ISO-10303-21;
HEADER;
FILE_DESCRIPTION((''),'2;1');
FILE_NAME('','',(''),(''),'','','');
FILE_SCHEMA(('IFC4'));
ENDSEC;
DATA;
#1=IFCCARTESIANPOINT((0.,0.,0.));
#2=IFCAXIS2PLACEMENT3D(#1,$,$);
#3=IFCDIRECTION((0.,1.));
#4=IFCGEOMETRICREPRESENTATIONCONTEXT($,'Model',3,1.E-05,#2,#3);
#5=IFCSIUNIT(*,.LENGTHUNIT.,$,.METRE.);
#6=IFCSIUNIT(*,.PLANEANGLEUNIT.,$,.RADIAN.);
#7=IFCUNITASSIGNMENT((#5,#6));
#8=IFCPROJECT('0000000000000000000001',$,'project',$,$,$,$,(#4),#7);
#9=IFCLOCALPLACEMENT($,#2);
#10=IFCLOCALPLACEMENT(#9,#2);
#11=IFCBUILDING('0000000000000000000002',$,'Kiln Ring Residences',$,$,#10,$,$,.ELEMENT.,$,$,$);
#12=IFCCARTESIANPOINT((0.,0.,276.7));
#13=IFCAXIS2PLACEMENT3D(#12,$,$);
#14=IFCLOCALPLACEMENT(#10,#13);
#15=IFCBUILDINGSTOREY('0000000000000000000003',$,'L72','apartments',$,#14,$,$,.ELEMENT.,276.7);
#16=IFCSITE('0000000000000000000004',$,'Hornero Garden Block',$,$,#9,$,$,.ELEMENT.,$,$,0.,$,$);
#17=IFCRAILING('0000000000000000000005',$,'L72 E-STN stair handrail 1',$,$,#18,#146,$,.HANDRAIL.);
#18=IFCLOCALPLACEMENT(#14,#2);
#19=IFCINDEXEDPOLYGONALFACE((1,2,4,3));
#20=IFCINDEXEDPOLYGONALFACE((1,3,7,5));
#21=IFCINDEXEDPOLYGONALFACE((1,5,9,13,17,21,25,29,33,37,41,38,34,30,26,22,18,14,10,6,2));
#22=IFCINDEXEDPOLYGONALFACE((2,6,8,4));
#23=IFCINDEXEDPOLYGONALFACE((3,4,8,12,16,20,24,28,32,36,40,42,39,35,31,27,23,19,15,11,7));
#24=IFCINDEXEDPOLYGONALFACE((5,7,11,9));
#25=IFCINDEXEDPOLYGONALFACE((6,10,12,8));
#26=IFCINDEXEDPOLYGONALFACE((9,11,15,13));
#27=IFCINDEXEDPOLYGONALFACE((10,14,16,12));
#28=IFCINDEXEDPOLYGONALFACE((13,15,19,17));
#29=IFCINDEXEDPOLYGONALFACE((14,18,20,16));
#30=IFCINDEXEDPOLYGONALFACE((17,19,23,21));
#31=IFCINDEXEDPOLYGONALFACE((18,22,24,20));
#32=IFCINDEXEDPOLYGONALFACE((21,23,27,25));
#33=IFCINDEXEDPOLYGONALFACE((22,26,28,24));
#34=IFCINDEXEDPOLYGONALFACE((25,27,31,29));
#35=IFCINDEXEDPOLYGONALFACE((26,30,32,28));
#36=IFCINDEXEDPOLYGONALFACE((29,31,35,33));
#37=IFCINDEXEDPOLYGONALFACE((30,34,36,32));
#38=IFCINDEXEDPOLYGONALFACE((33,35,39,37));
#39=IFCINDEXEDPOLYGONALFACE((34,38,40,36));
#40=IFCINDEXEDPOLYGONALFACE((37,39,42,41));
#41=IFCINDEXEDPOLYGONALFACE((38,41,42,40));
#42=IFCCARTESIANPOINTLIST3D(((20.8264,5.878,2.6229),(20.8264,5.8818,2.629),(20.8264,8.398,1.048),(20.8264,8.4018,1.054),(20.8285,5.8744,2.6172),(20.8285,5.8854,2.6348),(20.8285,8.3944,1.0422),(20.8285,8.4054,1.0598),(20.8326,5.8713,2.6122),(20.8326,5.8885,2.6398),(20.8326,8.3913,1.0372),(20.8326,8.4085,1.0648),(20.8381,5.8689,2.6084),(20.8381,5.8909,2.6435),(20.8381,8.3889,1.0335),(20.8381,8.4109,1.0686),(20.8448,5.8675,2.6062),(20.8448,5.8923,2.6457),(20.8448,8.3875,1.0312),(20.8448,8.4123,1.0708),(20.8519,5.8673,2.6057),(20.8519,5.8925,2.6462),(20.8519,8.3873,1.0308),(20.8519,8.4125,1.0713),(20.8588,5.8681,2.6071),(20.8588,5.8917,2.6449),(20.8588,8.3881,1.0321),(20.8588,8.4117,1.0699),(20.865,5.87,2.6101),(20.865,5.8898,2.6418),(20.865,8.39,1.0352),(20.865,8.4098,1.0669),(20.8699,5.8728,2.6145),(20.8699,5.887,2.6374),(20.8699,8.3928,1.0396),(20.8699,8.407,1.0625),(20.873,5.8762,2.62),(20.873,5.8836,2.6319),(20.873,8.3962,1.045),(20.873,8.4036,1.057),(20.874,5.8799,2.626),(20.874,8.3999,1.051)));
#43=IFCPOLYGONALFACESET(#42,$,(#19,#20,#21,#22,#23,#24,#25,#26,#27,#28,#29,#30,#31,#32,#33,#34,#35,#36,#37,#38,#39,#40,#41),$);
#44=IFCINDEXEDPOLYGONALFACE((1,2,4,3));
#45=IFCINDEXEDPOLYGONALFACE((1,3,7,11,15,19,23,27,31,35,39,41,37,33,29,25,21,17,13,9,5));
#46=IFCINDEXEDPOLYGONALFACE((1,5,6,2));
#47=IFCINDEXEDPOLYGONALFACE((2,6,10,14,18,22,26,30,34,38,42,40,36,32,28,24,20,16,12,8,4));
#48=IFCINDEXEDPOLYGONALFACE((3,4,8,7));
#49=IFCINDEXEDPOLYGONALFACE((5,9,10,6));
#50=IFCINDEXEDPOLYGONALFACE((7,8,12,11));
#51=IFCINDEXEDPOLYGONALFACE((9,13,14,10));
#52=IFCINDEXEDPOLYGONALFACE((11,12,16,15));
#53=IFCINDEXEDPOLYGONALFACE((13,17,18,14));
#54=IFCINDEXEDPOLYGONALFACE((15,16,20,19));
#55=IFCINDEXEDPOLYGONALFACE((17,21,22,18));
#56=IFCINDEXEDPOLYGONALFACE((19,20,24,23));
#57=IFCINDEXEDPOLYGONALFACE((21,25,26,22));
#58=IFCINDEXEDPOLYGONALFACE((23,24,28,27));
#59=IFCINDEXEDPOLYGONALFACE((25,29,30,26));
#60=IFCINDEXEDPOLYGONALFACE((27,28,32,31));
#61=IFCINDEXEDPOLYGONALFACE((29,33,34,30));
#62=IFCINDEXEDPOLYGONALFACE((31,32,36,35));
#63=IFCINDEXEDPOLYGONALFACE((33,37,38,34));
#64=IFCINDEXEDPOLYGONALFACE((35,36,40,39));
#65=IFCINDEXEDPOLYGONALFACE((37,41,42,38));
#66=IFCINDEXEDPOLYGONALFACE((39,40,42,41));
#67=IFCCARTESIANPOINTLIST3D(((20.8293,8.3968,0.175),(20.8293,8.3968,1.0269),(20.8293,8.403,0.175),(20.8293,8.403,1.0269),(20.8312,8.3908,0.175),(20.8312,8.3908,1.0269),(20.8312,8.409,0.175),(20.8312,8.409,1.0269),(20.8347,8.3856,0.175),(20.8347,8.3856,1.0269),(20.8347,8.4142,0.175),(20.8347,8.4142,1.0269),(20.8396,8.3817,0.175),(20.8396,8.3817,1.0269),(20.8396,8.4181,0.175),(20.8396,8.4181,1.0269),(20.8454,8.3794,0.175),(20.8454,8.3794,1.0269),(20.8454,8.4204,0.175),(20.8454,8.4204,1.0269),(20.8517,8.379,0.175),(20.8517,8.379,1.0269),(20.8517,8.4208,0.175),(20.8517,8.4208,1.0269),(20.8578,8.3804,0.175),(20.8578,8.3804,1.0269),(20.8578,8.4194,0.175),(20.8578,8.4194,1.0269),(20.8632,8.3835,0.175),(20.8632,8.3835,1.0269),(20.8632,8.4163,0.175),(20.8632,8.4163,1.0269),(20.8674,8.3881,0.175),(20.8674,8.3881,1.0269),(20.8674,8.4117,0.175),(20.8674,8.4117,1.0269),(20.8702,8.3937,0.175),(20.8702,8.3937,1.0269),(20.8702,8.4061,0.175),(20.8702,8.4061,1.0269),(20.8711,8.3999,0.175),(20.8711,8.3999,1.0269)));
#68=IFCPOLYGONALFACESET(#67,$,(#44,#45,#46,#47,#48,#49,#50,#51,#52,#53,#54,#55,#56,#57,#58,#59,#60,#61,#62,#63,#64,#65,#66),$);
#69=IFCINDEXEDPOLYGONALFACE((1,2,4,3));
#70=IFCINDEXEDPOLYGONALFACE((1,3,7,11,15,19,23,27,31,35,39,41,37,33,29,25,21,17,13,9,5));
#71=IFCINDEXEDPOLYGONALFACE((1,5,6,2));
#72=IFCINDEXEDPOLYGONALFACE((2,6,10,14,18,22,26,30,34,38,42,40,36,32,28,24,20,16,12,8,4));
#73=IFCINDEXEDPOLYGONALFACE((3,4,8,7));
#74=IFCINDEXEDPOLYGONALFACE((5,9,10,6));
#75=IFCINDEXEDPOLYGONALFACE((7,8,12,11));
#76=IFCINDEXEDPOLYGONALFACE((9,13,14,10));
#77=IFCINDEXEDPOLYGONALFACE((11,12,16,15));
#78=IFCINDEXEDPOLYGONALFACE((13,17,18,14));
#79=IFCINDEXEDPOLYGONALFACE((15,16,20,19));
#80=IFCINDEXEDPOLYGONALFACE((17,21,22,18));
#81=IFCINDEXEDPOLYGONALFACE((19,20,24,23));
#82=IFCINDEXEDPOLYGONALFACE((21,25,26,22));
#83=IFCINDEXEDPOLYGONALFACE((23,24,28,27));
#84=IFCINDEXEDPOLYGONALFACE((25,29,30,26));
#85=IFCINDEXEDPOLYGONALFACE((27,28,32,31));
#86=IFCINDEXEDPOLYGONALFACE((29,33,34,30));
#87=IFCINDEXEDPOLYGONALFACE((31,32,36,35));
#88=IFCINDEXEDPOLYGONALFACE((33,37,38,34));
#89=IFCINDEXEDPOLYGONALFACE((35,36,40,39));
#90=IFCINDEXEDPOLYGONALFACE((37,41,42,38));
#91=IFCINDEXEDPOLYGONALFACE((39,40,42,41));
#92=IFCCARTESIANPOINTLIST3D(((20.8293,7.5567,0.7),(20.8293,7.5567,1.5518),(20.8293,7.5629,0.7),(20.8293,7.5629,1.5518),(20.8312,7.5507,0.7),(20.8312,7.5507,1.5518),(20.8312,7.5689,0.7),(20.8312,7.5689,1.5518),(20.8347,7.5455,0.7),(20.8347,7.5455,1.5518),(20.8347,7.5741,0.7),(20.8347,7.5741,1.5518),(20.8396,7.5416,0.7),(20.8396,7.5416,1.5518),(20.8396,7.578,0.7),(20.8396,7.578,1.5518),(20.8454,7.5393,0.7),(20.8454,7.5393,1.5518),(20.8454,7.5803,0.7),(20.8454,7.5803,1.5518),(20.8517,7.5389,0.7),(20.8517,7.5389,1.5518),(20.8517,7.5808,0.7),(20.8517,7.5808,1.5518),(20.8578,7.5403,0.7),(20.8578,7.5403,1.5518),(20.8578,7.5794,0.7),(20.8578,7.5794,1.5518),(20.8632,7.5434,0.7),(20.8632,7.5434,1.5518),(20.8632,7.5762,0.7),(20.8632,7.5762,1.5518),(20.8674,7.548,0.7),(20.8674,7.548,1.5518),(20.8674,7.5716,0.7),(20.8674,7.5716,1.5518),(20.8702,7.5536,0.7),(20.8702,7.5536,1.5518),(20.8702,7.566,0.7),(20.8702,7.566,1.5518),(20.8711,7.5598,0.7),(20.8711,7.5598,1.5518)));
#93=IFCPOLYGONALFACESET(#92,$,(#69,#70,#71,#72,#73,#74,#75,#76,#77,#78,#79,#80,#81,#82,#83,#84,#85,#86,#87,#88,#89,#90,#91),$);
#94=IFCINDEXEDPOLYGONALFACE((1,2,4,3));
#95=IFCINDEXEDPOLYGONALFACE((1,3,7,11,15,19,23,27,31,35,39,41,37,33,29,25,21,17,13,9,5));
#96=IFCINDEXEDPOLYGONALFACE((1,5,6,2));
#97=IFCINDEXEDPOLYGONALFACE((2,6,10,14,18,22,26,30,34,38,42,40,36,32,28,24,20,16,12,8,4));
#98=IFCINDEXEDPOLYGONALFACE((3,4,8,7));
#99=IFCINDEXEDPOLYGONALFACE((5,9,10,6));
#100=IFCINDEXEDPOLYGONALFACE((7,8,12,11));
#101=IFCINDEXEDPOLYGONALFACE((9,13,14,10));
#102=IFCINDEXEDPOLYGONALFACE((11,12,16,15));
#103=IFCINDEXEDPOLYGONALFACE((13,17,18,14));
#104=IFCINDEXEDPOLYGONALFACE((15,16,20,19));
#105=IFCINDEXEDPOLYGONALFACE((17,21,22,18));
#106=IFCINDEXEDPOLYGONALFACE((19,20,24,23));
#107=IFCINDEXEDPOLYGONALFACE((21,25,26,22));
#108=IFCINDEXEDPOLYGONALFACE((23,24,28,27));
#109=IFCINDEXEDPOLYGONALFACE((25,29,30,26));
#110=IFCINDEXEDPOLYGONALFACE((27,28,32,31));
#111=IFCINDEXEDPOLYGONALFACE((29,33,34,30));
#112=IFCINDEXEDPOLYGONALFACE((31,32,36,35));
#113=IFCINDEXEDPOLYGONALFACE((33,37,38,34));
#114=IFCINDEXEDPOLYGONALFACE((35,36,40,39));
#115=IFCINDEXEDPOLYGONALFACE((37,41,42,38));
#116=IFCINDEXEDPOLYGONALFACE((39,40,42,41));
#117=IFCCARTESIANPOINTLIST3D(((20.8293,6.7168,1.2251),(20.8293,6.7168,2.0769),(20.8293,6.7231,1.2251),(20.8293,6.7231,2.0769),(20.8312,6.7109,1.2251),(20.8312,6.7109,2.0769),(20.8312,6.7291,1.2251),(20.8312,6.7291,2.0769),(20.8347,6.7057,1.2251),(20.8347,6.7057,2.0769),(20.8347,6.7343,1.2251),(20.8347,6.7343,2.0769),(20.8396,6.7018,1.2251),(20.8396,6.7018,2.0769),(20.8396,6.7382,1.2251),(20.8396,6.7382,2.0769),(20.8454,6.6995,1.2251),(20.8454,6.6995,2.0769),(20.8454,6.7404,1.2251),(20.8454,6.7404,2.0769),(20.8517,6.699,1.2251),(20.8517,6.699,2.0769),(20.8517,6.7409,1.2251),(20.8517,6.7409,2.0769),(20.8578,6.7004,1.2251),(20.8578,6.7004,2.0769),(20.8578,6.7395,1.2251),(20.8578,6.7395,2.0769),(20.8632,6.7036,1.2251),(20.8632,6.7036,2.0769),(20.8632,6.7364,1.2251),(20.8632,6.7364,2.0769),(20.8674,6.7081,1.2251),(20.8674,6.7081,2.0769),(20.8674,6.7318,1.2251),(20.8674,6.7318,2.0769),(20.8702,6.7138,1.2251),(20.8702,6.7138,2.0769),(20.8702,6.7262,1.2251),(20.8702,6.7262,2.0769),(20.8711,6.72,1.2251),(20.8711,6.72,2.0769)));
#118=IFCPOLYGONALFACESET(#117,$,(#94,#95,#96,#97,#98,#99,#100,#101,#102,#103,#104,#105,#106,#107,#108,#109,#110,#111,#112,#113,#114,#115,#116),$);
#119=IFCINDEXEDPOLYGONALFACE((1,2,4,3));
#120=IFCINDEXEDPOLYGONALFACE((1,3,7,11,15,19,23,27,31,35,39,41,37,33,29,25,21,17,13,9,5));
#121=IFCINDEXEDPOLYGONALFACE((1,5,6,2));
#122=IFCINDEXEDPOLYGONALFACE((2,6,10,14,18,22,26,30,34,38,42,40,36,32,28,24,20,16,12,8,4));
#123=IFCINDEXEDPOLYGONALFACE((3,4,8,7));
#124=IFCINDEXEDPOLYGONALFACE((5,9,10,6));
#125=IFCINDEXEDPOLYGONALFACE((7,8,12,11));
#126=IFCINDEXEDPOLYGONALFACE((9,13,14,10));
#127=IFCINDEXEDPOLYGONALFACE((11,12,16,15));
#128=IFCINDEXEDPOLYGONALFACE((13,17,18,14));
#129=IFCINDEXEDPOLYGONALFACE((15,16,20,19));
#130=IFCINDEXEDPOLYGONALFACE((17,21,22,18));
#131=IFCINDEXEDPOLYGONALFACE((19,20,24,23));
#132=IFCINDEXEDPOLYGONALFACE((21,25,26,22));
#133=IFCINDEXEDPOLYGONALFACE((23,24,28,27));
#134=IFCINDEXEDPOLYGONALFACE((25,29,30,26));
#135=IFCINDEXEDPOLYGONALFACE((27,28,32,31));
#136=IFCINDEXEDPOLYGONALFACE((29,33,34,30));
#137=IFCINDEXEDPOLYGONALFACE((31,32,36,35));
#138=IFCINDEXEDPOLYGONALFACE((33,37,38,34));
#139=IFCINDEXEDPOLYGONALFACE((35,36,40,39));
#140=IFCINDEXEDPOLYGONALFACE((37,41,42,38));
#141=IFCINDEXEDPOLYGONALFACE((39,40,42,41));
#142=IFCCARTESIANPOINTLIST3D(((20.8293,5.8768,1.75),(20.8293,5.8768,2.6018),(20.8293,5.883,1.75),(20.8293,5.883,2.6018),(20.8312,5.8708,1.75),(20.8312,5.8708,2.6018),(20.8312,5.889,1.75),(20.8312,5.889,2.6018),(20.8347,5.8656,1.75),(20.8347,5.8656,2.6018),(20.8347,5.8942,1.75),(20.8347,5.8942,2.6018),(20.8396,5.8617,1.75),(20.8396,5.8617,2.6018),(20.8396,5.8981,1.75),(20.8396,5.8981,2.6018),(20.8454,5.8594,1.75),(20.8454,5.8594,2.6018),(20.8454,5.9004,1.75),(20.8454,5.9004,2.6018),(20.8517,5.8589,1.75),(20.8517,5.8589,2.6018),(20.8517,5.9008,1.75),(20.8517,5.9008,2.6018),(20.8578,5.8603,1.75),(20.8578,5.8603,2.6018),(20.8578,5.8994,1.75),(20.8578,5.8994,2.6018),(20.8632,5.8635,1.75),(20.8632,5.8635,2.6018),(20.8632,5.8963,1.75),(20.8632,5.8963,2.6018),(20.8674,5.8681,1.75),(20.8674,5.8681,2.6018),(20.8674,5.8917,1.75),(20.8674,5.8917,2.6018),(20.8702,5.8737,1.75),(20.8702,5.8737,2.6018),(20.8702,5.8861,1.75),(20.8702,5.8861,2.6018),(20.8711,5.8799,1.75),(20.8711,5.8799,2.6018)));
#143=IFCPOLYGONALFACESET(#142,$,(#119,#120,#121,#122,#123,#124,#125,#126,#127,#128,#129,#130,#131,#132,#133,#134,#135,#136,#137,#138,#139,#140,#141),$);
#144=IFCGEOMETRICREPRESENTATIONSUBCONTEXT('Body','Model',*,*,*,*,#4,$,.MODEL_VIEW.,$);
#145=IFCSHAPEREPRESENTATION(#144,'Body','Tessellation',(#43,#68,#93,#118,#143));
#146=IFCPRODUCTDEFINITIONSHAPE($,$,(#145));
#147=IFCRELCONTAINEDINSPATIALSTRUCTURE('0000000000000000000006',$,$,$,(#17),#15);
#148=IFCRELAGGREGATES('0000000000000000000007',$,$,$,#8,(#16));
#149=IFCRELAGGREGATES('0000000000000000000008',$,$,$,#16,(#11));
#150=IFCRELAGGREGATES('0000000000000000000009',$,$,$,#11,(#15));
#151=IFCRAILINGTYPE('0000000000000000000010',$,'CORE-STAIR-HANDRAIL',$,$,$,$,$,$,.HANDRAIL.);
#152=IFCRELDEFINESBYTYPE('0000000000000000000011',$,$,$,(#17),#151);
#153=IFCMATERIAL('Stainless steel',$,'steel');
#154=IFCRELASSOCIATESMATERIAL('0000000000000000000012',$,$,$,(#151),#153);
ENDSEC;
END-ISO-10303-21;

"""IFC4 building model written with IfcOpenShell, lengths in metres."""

from ifc_helpers import new_model, si_unit, direction, frame, origin, origin_2d, place, context, subcontext, project, spatial, circle, extrude, material, type_object, element, save


model = new_model("IFC4")

# Units and contexts
model_context = context("Model", 3, precision=1e-05, world=origin(), true_north=direction((0.0, 1.0)))
body_context = subcontext(model_context, "Body", "Model", "MODEL_VIEW")
ifc_project = project(units=[si_unit("LENGTHUNIT", "METRE"), si_unit("PLANEANGLEUNIT", "RADIAN")], contexts=[model_context])

# Site, building, storey
site_placement = place(None, origin())
site = spatial("IfcSite", under=ifc_project, at=site_placement, Name="Hornero Garden Block", CompositionType="ELEMENT", RefElevation=0.0)
building_placement = place(site_placement, origin())
building = spatial("IfcBuilding", under=site, at=building_placement, Name="Kiln Ring Residences", CompositionType="ELEMENT")
storey_placement = place(building_placement, frame((0.0, 0.0, 276.7)))
storey = spatial("IfcBuildingStorey", under=building, at=storey_placement, Name="L72", Description="apartments", CompositionType="ELEMENT", Elevation=276.7)

# Railing
ifc_material_1 = material(Name="Stainless steel", Category="steel")
railing_type_1 = type_object("IfcRailingType", Name="CORE-STAIR-HANDRAIL", PredefinedType="HANDRAIL", material=ifc_material_1)
railing_1_placement = place(storey_placement, frame((20.8501, 8.3999, 0.175)))
element("IfcRailing", 1, at=railing_1_placement, inside=storey, type_object=railing_type_1, Name="L72 E-STN stair handrail 1", PredefinedType="HANDRAIL", context=body_context, shape_type="SweptSolid", body=[
    extrude(circle(Radius=0.0239, at=origin_2d()), frame((0.0, 0.0, 0.876), z_axis=(0.0, -0.848008, 0.529984), x_axis=(1.0, 0.0, 0.0)), (0.0, 0.0, 1.0), 2.9717),
    extrude(circle(Radius=0.021, at=origin_2d()), origin(), (0.0, 0.0, 1.0), 0.8518),
    extrude(circle(Radius=0.021, at=origin_2d()), frame((0.0, -0.8401, 0.5249)), (0.0, 0.0, 1.0), 0.8518),
    extrude(circle(Radius=0.021, at=origin_2d()), frame((0.0, -1.6799, 1.05)), (0.0, 0.0, 1.0), 0.8518),
    extrude(circle(Radius=0.021, at=origin_2d()), frame((0.0, -2.52, 1.575)), (0.0, 0.0, 1.0), 0.8518),
])

save(model, "model.ifc")
